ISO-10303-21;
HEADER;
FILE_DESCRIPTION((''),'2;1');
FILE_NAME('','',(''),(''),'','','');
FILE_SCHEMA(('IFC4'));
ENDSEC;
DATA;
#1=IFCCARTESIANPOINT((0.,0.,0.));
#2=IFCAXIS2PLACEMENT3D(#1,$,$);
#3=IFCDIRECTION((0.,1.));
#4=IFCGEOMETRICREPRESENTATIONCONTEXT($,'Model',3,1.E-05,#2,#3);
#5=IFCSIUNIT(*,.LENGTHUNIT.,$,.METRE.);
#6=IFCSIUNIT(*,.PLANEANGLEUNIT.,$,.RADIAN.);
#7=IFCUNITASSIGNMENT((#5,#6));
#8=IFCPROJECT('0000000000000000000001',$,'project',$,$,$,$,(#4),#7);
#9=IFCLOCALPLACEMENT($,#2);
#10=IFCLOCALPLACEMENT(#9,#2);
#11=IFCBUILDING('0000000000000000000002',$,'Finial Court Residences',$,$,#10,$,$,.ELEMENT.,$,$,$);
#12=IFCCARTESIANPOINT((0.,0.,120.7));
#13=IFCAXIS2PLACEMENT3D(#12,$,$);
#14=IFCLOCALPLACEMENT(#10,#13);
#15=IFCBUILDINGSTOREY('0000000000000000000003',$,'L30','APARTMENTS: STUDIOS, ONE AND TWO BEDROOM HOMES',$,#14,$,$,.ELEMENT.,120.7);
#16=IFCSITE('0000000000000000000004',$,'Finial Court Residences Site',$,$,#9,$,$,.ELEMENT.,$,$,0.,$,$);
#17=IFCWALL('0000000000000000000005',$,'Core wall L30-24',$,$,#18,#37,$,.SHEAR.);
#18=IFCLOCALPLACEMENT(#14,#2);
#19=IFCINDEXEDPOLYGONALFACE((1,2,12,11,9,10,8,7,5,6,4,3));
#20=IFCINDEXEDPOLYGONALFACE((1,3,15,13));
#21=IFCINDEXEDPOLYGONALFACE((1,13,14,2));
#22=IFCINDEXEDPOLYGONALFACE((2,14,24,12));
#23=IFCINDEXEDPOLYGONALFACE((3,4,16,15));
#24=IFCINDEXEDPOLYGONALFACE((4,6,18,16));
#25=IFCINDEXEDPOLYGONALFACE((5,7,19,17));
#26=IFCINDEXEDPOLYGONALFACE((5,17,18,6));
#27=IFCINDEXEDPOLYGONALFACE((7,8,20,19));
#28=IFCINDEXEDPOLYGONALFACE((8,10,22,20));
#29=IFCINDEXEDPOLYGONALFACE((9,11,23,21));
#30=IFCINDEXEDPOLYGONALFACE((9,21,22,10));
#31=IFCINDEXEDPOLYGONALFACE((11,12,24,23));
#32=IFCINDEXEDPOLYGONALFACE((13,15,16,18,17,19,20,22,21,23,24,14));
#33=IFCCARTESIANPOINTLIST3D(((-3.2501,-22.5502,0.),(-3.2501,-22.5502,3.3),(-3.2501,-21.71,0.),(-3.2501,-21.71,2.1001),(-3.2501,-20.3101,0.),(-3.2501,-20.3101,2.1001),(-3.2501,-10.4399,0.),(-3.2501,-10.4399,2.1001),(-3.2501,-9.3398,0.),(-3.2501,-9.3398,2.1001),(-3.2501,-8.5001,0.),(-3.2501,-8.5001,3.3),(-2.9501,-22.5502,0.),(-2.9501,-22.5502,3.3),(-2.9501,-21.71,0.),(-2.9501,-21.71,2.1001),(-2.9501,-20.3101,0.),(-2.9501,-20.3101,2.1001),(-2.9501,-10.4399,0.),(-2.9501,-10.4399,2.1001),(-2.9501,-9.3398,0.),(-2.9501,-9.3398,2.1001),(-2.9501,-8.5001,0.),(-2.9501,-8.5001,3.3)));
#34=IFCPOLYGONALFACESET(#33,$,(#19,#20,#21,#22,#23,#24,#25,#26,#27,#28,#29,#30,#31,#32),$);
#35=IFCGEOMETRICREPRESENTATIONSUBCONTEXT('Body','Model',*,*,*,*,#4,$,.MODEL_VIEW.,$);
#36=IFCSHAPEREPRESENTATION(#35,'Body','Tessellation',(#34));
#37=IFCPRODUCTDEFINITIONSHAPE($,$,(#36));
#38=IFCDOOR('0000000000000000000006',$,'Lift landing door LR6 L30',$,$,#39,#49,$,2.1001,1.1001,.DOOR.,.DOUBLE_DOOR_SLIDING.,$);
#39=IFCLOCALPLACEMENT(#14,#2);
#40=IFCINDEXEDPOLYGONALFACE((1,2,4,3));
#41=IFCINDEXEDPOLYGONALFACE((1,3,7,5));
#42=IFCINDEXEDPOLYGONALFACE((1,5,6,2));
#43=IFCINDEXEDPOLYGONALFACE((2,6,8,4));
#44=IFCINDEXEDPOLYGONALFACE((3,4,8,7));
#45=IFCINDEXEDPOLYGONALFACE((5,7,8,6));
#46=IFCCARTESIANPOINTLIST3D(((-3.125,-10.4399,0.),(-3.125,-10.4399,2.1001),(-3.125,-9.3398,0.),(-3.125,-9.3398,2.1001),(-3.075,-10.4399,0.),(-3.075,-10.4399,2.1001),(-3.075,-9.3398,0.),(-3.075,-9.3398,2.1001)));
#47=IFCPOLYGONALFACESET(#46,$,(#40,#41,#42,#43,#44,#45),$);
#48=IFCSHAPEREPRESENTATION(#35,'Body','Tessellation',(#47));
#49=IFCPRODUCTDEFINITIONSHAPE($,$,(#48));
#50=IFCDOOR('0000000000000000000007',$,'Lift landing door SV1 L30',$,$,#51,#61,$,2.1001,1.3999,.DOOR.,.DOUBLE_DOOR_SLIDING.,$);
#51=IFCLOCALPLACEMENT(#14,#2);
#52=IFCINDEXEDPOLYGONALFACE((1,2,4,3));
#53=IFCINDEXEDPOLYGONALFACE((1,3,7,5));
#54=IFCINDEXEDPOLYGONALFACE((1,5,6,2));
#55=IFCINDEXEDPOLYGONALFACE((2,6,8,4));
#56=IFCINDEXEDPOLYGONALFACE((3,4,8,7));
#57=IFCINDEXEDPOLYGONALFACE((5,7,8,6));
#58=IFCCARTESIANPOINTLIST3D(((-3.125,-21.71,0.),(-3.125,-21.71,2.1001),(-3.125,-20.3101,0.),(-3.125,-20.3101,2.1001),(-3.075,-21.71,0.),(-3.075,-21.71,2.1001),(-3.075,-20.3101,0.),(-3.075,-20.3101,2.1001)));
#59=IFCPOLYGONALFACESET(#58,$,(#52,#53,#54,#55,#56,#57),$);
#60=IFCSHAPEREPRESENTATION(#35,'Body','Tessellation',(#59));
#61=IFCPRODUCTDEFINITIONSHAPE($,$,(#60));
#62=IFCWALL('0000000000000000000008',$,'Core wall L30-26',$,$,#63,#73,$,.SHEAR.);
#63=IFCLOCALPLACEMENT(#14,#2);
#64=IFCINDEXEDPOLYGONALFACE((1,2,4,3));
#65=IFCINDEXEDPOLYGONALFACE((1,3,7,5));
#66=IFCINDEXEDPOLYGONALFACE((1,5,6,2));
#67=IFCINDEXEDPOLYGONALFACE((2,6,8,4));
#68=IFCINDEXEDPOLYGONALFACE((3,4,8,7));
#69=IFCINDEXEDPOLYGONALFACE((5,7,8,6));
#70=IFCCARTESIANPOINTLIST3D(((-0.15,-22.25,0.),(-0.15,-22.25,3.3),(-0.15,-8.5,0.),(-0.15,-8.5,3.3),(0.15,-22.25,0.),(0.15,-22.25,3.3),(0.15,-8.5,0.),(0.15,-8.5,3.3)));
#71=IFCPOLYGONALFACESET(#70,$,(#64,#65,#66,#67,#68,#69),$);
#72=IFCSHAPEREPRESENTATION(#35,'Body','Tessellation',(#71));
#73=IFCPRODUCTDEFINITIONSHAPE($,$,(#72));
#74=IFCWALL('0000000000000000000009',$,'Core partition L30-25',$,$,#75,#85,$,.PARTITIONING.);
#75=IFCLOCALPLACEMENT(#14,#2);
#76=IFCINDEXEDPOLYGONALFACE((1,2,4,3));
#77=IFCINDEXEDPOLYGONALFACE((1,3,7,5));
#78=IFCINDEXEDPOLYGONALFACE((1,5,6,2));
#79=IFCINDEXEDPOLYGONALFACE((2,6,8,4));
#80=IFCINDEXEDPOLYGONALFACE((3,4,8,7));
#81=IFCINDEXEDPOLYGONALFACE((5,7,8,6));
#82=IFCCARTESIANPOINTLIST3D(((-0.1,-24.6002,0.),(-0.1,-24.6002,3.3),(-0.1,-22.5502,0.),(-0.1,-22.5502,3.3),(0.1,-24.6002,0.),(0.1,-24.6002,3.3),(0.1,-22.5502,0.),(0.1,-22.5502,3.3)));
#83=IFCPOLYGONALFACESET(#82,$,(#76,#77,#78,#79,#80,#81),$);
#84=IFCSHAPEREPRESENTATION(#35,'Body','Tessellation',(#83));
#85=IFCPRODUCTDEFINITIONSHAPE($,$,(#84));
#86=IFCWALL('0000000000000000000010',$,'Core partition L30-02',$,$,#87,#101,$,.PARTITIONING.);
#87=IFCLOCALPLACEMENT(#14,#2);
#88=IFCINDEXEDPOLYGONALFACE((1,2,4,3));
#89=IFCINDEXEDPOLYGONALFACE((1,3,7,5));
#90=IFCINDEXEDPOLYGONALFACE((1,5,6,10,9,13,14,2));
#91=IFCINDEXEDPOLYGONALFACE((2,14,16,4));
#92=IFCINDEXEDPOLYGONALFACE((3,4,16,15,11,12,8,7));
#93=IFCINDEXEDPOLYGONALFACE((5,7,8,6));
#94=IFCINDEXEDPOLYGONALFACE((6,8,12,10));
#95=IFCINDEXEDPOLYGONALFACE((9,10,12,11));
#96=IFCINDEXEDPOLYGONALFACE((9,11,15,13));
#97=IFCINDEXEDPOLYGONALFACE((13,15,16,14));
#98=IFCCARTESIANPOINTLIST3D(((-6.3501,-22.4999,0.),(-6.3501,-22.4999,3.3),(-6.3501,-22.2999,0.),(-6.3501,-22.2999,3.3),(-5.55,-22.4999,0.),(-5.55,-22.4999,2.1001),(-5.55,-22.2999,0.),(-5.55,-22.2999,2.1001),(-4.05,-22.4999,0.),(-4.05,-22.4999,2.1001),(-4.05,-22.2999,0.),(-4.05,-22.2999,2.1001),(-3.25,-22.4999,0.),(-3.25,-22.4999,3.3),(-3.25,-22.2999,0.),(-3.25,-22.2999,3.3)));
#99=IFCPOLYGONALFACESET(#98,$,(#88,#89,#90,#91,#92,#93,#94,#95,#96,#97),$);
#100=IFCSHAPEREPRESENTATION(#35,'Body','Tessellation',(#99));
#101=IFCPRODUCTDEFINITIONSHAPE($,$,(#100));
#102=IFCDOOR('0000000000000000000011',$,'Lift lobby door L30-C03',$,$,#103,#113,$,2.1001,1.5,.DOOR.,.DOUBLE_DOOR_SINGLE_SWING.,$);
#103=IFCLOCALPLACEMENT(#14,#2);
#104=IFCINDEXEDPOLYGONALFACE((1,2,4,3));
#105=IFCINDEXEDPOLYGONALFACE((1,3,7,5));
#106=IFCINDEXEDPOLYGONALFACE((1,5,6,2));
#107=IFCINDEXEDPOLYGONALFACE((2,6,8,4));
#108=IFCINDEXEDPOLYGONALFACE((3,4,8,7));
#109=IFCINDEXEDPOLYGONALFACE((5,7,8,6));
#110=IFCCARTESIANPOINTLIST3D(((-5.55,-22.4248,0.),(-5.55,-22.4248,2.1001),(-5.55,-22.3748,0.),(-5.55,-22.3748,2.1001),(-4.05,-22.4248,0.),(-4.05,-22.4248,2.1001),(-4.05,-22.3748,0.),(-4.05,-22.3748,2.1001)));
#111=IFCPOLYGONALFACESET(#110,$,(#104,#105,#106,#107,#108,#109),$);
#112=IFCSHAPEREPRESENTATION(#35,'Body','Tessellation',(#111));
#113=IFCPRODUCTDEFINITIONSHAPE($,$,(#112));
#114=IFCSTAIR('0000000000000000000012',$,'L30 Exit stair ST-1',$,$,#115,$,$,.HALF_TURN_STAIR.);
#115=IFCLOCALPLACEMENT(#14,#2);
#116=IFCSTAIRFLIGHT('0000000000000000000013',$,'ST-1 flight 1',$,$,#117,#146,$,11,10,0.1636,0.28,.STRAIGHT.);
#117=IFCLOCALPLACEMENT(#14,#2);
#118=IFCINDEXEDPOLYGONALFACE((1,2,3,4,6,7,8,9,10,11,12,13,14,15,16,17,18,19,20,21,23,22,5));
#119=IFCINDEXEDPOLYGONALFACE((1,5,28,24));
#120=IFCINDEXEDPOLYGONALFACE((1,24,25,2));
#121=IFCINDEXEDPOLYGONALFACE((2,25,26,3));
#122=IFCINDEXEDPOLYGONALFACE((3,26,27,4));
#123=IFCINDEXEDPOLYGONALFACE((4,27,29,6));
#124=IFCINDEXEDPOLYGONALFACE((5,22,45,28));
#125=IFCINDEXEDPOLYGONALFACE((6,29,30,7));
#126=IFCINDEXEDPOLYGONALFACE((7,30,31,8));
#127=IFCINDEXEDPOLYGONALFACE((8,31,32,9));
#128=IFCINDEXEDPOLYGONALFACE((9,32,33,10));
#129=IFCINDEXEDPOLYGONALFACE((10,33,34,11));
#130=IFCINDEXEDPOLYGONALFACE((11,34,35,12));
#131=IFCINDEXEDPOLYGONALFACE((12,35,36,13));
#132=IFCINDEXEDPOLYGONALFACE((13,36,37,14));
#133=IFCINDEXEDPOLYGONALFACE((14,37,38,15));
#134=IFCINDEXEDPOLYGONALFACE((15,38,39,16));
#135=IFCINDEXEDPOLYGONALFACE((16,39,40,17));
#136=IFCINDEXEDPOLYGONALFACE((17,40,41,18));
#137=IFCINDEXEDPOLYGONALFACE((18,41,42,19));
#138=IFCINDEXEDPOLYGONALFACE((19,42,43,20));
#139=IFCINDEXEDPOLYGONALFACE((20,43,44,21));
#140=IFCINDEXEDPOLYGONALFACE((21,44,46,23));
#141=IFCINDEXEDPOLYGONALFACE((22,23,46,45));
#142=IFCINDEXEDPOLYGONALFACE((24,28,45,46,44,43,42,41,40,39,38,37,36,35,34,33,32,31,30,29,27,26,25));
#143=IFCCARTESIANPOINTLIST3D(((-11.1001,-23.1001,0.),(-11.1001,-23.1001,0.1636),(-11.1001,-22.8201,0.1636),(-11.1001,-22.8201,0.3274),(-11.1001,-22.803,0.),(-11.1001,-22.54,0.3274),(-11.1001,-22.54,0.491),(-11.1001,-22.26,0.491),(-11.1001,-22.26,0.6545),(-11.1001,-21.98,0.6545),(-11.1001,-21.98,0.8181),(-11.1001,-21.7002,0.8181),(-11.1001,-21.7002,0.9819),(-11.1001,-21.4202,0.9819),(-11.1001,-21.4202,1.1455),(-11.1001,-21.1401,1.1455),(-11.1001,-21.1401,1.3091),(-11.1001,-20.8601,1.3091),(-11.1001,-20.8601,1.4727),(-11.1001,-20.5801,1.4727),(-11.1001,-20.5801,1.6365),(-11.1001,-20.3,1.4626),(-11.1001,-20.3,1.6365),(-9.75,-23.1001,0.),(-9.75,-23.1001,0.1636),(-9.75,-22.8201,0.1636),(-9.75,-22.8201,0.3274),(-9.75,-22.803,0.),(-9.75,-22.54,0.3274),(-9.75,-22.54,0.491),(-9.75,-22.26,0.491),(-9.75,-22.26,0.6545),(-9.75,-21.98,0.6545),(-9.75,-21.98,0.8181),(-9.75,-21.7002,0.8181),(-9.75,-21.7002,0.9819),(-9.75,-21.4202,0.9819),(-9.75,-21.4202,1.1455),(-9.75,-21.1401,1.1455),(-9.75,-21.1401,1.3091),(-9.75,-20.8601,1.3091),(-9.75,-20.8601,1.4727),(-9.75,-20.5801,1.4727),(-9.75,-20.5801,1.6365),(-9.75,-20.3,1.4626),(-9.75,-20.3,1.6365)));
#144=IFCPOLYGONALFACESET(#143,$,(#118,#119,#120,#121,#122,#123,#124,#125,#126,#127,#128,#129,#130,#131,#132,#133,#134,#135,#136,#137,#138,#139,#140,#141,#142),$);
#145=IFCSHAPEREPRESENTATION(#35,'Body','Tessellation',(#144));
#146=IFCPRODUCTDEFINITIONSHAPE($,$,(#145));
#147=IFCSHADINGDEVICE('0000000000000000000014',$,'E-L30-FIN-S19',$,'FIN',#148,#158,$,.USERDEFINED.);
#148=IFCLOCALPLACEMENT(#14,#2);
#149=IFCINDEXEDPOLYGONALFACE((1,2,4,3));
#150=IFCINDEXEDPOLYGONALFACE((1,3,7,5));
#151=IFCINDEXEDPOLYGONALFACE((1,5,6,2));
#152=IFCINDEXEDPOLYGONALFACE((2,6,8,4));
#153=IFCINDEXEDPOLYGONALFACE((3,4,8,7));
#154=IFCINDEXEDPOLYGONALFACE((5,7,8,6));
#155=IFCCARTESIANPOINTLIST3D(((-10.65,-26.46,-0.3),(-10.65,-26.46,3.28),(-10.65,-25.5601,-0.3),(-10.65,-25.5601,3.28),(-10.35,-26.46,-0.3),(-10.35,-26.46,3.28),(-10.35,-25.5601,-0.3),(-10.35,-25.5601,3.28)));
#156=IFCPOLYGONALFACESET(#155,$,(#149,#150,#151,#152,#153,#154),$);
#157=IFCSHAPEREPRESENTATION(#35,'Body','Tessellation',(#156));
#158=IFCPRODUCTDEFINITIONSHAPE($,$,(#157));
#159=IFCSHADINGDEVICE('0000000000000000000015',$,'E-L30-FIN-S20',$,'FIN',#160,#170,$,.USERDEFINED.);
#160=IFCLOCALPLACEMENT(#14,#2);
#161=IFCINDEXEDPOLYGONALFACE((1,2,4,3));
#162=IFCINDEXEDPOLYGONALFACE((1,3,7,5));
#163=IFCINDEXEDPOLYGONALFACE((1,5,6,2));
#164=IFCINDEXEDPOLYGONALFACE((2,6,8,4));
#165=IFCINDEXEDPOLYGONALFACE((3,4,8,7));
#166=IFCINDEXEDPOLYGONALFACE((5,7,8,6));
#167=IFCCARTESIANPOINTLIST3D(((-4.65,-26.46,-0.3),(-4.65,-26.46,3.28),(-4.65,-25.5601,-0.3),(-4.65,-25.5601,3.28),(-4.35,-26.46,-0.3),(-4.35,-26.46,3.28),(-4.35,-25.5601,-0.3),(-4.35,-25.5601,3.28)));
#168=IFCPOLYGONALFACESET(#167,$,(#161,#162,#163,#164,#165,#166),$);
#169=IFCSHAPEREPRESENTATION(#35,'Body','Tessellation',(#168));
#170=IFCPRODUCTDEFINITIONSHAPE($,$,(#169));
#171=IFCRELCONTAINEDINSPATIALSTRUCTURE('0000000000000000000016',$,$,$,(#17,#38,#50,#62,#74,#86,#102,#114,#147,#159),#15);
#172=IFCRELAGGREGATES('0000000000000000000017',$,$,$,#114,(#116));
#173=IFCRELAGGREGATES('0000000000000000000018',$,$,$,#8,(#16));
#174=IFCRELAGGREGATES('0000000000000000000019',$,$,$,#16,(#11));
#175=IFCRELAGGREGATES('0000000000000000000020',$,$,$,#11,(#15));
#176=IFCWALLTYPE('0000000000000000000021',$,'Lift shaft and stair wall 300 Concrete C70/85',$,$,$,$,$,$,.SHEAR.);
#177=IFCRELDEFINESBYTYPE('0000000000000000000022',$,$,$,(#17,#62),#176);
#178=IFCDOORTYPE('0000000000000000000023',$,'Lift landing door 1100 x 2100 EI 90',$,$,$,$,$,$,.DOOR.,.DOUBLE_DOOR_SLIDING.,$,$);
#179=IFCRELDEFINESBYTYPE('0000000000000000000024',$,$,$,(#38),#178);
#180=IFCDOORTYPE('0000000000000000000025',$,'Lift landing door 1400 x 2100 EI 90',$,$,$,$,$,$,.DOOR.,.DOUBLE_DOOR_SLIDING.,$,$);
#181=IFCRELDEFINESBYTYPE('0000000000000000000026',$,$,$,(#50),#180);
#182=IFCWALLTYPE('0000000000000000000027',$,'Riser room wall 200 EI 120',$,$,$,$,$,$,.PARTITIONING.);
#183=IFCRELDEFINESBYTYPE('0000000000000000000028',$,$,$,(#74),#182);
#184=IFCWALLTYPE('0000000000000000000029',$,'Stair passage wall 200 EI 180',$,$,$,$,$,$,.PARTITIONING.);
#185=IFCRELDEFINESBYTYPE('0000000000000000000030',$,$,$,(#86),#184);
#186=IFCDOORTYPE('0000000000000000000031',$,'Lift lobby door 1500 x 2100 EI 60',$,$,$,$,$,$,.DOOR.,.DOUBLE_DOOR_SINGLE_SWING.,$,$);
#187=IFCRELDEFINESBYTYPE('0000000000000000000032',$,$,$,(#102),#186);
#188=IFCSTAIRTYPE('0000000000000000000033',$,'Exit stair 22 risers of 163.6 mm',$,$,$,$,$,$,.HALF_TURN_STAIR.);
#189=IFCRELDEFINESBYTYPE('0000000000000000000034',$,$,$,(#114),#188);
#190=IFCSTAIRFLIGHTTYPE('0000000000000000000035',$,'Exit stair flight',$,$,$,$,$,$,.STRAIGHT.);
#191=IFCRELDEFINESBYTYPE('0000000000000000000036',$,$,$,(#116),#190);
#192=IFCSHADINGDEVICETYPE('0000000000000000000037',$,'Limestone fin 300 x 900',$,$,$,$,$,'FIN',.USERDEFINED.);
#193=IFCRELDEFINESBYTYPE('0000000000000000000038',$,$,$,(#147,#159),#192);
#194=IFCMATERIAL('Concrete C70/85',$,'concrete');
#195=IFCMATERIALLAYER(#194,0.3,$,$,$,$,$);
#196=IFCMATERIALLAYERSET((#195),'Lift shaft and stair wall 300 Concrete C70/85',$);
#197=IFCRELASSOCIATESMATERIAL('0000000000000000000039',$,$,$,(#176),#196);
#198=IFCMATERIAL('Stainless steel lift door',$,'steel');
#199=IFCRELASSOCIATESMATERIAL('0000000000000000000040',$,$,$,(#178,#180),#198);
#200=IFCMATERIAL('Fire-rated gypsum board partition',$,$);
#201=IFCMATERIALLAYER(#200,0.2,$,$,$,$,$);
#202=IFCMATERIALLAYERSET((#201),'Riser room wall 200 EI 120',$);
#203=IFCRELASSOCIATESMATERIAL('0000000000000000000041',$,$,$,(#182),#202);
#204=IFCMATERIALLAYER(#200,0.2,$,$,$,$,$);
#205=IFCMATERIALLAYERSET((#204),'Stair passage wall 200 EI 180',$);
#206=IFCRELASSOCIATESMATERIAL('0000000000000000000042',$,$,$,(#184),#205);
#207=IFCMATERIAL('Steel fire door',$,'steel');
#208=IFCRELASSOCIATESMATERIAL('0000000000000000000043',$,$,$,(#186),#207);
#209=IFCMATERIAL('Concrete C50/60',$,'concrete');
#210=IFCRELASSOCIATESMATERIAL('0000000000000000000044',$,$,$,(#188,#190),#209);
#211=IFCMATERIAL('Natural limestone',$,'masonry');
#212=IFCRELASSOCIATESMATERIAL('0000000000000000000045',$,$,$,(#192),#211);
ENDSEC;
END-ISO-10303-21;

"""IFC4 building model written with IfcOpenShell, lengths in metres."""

from ifc_helpers import new_model, si_unit, direction, frame, frame_2d, origin, origin_2d, place, context, subcontext, project, spatial, polyline, rectangle, outline, extrude, material, layer, layer_set, type_object, element, fill, aggregate, save


model = new_model("IFC4")

# Units and contexts
model_context = context("Model", 3, precision=1e-05, world=origin(), true_north=direction((0.0, 1.0)))
body_context = subcontext(model_context, "Body", "Model", "MODEL_VIEW")
ifc_project = project(units=[si_unit("LENGTHUNIT", "METRE"), si_unit("PLANEANGLEUNIT", "RADIAN")], contexts=[model_context])

# Site, building, storey
site_placement = place(None, origin())
site = spatial("IfcSite", under=ifc_project, at=site_placement, Name="Finial Court Residences Site", CompositionType="ELEMENT", RefElevation=0.0)
building_placement = place(site_placement, origin())
building = spatial("IfcBuilding", under=site, at=building_placement, Name="Finial Court Residences", CompositionType="ELEMENT")
storey_placement = place(building_placement, frame((0.0, 0.0, 120.7)))
storey = spatial("IfcBuildingStorey", under=building, at=storey_placement, Name="L30", Description="APARTMENTS: STUDIOS, ONE AND TWO BEDROOM HOMES", CompositionType="ELEMENT", Elevation=120.7)

# Shared definitions
ifc_material_1 = material(Name="Concrete C70/85", Category="concrete")
ifc_layer_1 = layer(ifc_material_1, 0.3)
ifc_layer_set_1 = layer_set([ifc_layer_1], Name="Lift shaft and stair wall 300 Concrete C70/85")
wall_type_1 = type_object("IfcWallType", Name="Lift shaft and stair wall 300 Concrete C70/85", PredefinedType="SHEAR", material=ifc_layer_set_1)

# Shared definitions
ifc_material_2 = material(Name="Steel fire door", Category="steel")

# Wall, openings, doors
ifc_material_3 = material(Name="Stainless steel lift door", Category="steel")
door_type_1 = type_object("IfcDoorType", Name="Lift landing door 1100 x 2100 EI 90", OperationType="DOUBLE_DOOR_SLIDING", PredefinedType="DOOR", material=ifc_material_3)
wall_1_placement = place(storey_placement, frame((-3.1001, -22.55, 0.0), z_axis=(0.0, 0.0, 1.0), x_axis=(0.0, 1.0, 0.0)))
wall_1 = element("IfcWall", 1, at=wall_1_placement, inside=storey, type_object=wall_type_1, Name="Core wall L30-24", PredefinedType="SHEAR", context=body_context, shape_type="SweptSolid", body=[
    extrude(rectangle(XDim=14.05, YDim=0.3, at=frame_2d((7.0249, 0.0))), origin(), (0.0, 0.0, 1.0), 3.3),
])
opening_1_placement = place(wall_1_placement, frame((12.1101, 0.0, 0.0)))
opening_1 = element("IfcOpeningElement", 2, at=opening_1_placement, cuts=wall_1, PredefinedType="OPENING", context=body_context, shape_type="SweptSolid", body=[
    extrude(rectangle(XDim=1.1001, YDim=2.1001, at=frame_2d((0.55, 1.05))), frame((0.0, 0.1599, 0.0), z_axis=(0.0, -1.0, 0.0), x_axis=(1.0, 0.0, 0.0)), (0.0, 0.0, 1.0), 0.3201),
])
opening_2_placement = place(wall_1_placement, frame((0.8401, 0.0, 0.0)))
opening_2 = element("IfcOpeningElement", 3, at=opening_2_placement, cuts=wall_1, PredefinedType="OPENING", context=body_context, shape_type="SweptSolid", body=[
    extrude(rectangle(XDim=1.3999, YDim=2.1001, at=frame_2d((0.7, 1.05))), frame((0.0, 0.1599, 0.0), z_axis=(0.0, -1.0, 0.0), x_axis=(1.0, 0.0, 0.0)), (0.0, 0.0, 1.0), 0.3201),
])
door_1_placement = place(opening_1_placement, origin())
door_1 = element("IfcDoor", 4, at=door_1_placement, inside=storey, type_object=door_type_1, Name="Lift landing door LR6 L30", OperationType="DOUBLE_DOOR_SLIDING", OverallHeight=2.1001, OverallWidth=1.1001, PredefinedType="DOOR", context=body_context, shape_type="SweptSolid", body=[
    extrude(rectangle(XDim=1.1001, YDim=2.1001, at=frame_2d((0.55, 1.05))), frame((0.0, 0.0249, 0.0), z_axis=(0.0, -1.0, 0.0), x_axis=(1.0, 0.0, 0.0)), (0.0, 0.0, 1.0), 0.05),
])
fill(opening_1, door_1)
door_type_2 = type_object("IfcDoorType", Name="Lift landing door 1400 x 2100 EI 90", OperationType="DOUBLE_DOOR_SLIDING", PredefinedType="DOOR", material=ifc_material_3)
door_2_placement = place(opening_2_placement, origin())
door_2 = element("IfcDoor", 5, at=door_2_placement, inside=storey, type_object=door_type_2, Name="Lift landing door SV1 L30", OperationType="DOUBLE_DOOR_SLIDING", OverallHeight=2.1001, OverallWidth=1.3999, PredefinedType="DOOR", context=body_context, shape_type="SweptSolid", body=[
    extrude(rectangle(XDim=1.3999, YDim=2.1001, at=frame_2d((0.7, 1.05))), frame((0.0, 0.0249, 0.0), z_axis=(0.0, -1.0, 0.0), x_axis=(1.0, 0.0, 0.0)), (0.0, 0.0, 1.0), 0.05),
])
fill(opening_2, door_2)

# Walls
wall_2_placement = place(storey_placement, frame((0.0, -22.25, 0.0), z_axis=(0.0, 0.0, 1.0), x_axis=(0.0, 1.0, 0.0)))
element("IfcWall", 6, at=wall_2_placement, inside=storey, type_object=wall_type_1, Name="Core wall L30-26", PredefinedType="SHEAR", context=body_context, shape_type="SweptSolid", body=[
    extrude(rectangle(XDim=13.75, YDim=0.3, at=frame_2d((6.875, 0.0))), origin(), (0.0, 0.0, 1.0), 3.3),
])
ifc_material_4 = material(Name="Fire-rated gypsum board partition")
ifc_layer_2 = layer(ifc_material_4, 0.2)
ifc_layer_set_2 = layer_set([ifc_layer_2], Name="Riser room wall 200 EI 120")
wall_type_2 = type_object("IfcWallType", Name="Riser room wall 200 EI 120", PredefinedType="PARTITIONING", material=ifc_layer_set_2)
wall_3_placement = place(storey_placement, frame((0.0, -24.6001, 0.0), z_axis=(0.0, 0.0, 1.0), x_axis=(0.0, 1.0, 0.0)))
element("IfcWall", 7, at=wall_3_placement, inside=storey, type_object=wall_type_2, Name="Core partition L30-25", PredefinedType="PARTITIONING", context=body_context, shape_type="SweptSolid", body=[
    extrude(rectangle(XDim=2.05, YDim=0.2, at=frame_2d((1.0249, 0.0))), origin(), (0.0, 0.0, 1.0), 3.3),
])

# Wall, opening, door
ifc_layer_3 = layer(ifc_material_4, 0.2)
ifc_layer_set_3 = layer_set([ifc_layer_3], Name="Stair passage wall 200 EI 180")
wall_type_3 = type_object("IfcWallType", Name="Stair passage wall 200 EI 180", PredefinedType="PARTITIONING", material=ifc_layer_set_3)
wall_4_placement = place(storey_placement, frame((-3.25, -22.3999, 0.0), z_axis=(0.0, 0.0, 1.0), x_axis=(-1.0, 0.0, 0.0)))
wall_4 = element("IfcWall", 8, at=wall_4_placement, inside=storey, type_object=wall_type_3, Name="Core partition L30-02", PredefinedType="PARTITIONING", context=body_context, shape_type="SweptSolid", body=[
    extrude(rectangle(XDim=3.1001, YDim=0.2, at=frame_2d((1.55, 0.0))), origin(), (0.0, 0.0, 1.0), 3.3),
])
opening_3_placement = place(wall_4_placement, frame((0.8, 0.0, 0.0)))
opening_3 = element("IfcOpeningElement", 9, at=opening_3_placement, cuts=wall_4, PredefinedType="OPENING", context=body_context, shape_type="SweptSolid", body=[
    extrude(rectangle(XDim=1.5, YDim=2.1001, at=frame_2d((0.75, 1.05))), frame((0.0, 0.1099, 0.0), z_axis=(0.0, -1.0, 0.0), x_axis=(1.0, 0.0, 0.0)), (0.0, 0.0, 1.0), 0.22),
])
door_type_3 = type_object("IfcDoorType", Name="Lift lobby door 1500 x 2100 EI 60", OperationType="DOUBLE_DOOR_SINGLE_SWING", PredefinedType="DOOR", material=ifc_material_2)
door_3_placement = place(opening_3_placement, origin())
door_3 = element("IfcDoor", 10, at=door_3_placement, inside=storey, type_object=door_type_3, Name="Lift lobby door L30-C03", OperationType="DOUBLE_DOOR_SINGLE_SWING", OverallHeight=2.1001, OverallWidth=1.5, PredefinedType="DOOR", context=body_context, shape_type="SweptSolid", body=[
    extrude(rectangle(XDim=1.5, YDim=2.1001, at=frame_2d((0.75, 1.05))), frame((0.0, 0.0249, 0.0), z_axis=(0.0, -1.0, 0.0), x_axis=(1.0, 0.0, 0.0)), (0.0, 0.0, 1.0), 0.05),
])
fill(opening_3, door_3)

# Stair, stair flight
ifc_material_5 = material(Name="Concrete C50/60", Category="concrete")
stair_type = type_object("IfcStairType", Name="Exit stair 22 risers of 163.6 mm", PredefinedType="HALF_TURN_STAIR", material=ifc_material_5)
stair_placement = place(storey_placement, origin())
stair = element("IfcStair", 11, at=stair_placement, inside=storey, type_object=stair_type, Name="L30 Exit stair ST-1", PredefinedType="HALF_TURN_STAIR")
stair_flight_type = type_object("IfcStairFlightType", Name="Exit stair flight", PredefinedType="STRAIGHT", material=ifc_material_5)
stair_flight_placement = place(storey_placement, frame((-10.425, -23.1001, 0.0), z_axis=(0.0, 0.0, 1.0), x_axis=(0.0, 1.0, 0.0)))
stair_flight = element("IfcStairFlight", 12, at=stair_flight_placement, type_object=stair_flight_type, Name="ST-1 flight 1", NumberOfRisers=11, NumberOfTreads=10, PredefinedType="STRAIGHT", RiserHeight=0.1636, TreadLength=0.28, context=body_context, shape_type="SweptSolid", body=[
    extrude(outline(polyline([(0.0, 0.0), (0.0, 0.1636), (0.28, 0.1636), (0.28, 0.3274), (0.5601, 0.3274), (0.5601, 0.491), (0.8401, 0.491), (0.8401, 0.6545), (1.1201, 0.6545), (1.1201, 0.8181), (1.3999, 0.8181), (1.3999, 0.9819), (1.6799, 0.9819), (1.6799, 1.1455), (1.96, 1.1455), (1.96, 1.3091), (2.24, 1.3091), (2.24, 1.4727), (2.52, 1.4727), (2.52, 1.6365), (2.8, 1.6365), (2.8, 1.8), (2.8, 1.4626), (0.2971, 0.0), (0.0, 0.0)])), frame((0.0, 0.675, 0.0), z_axis=(0.0, -1.0, 0.0), x_axis=(1.0, 0.0, 0.0)), (0.0, 0.0, 1.0), 1.3501),
])
aggregate(stair, [stair_flight])

# Shading devices
ifc_material_6 = material(Name="Natural limestone", Category="masonry")
shading_device_type = type_object("IfcShadingDeviceType", Name="Limestone fin 300 x 900", ElementType="FIN", PredefinedType="USERDEFINED", material=ifc_material_6)
for number, where, z_axis, x_axis, name in (
    (13, (-10.5, -26.01, -0.3), (0.0, 0.0, 1.0), (1.0, 0.0, 0.0), "E-L30-FIN-S19"),
    (14, (-4.5, -26.01, -0.3), (0.0, 0.0, 1.0), (1.0, 0.0, 0.0), "E-L30-FIN-S20"),
):
    element("IfcShadingDevice", number, at=place(storey_placement, frame(where, z_axis=z_axis, x_axis=x_axis)), inside=storey, type_object=shading_device_type, Name=name, ObjectType="FIN", PredefinedType="USERDEFINED", context=body_context, shape_type="SweptSolid", body=[
        extrude(rectangle(XDim=0.3, YDim=0.8999, at=origin_2d()), origin(), (0.0, 0.0, 1.0), 3.5801),
    ])

save(model, "model.ifc")
